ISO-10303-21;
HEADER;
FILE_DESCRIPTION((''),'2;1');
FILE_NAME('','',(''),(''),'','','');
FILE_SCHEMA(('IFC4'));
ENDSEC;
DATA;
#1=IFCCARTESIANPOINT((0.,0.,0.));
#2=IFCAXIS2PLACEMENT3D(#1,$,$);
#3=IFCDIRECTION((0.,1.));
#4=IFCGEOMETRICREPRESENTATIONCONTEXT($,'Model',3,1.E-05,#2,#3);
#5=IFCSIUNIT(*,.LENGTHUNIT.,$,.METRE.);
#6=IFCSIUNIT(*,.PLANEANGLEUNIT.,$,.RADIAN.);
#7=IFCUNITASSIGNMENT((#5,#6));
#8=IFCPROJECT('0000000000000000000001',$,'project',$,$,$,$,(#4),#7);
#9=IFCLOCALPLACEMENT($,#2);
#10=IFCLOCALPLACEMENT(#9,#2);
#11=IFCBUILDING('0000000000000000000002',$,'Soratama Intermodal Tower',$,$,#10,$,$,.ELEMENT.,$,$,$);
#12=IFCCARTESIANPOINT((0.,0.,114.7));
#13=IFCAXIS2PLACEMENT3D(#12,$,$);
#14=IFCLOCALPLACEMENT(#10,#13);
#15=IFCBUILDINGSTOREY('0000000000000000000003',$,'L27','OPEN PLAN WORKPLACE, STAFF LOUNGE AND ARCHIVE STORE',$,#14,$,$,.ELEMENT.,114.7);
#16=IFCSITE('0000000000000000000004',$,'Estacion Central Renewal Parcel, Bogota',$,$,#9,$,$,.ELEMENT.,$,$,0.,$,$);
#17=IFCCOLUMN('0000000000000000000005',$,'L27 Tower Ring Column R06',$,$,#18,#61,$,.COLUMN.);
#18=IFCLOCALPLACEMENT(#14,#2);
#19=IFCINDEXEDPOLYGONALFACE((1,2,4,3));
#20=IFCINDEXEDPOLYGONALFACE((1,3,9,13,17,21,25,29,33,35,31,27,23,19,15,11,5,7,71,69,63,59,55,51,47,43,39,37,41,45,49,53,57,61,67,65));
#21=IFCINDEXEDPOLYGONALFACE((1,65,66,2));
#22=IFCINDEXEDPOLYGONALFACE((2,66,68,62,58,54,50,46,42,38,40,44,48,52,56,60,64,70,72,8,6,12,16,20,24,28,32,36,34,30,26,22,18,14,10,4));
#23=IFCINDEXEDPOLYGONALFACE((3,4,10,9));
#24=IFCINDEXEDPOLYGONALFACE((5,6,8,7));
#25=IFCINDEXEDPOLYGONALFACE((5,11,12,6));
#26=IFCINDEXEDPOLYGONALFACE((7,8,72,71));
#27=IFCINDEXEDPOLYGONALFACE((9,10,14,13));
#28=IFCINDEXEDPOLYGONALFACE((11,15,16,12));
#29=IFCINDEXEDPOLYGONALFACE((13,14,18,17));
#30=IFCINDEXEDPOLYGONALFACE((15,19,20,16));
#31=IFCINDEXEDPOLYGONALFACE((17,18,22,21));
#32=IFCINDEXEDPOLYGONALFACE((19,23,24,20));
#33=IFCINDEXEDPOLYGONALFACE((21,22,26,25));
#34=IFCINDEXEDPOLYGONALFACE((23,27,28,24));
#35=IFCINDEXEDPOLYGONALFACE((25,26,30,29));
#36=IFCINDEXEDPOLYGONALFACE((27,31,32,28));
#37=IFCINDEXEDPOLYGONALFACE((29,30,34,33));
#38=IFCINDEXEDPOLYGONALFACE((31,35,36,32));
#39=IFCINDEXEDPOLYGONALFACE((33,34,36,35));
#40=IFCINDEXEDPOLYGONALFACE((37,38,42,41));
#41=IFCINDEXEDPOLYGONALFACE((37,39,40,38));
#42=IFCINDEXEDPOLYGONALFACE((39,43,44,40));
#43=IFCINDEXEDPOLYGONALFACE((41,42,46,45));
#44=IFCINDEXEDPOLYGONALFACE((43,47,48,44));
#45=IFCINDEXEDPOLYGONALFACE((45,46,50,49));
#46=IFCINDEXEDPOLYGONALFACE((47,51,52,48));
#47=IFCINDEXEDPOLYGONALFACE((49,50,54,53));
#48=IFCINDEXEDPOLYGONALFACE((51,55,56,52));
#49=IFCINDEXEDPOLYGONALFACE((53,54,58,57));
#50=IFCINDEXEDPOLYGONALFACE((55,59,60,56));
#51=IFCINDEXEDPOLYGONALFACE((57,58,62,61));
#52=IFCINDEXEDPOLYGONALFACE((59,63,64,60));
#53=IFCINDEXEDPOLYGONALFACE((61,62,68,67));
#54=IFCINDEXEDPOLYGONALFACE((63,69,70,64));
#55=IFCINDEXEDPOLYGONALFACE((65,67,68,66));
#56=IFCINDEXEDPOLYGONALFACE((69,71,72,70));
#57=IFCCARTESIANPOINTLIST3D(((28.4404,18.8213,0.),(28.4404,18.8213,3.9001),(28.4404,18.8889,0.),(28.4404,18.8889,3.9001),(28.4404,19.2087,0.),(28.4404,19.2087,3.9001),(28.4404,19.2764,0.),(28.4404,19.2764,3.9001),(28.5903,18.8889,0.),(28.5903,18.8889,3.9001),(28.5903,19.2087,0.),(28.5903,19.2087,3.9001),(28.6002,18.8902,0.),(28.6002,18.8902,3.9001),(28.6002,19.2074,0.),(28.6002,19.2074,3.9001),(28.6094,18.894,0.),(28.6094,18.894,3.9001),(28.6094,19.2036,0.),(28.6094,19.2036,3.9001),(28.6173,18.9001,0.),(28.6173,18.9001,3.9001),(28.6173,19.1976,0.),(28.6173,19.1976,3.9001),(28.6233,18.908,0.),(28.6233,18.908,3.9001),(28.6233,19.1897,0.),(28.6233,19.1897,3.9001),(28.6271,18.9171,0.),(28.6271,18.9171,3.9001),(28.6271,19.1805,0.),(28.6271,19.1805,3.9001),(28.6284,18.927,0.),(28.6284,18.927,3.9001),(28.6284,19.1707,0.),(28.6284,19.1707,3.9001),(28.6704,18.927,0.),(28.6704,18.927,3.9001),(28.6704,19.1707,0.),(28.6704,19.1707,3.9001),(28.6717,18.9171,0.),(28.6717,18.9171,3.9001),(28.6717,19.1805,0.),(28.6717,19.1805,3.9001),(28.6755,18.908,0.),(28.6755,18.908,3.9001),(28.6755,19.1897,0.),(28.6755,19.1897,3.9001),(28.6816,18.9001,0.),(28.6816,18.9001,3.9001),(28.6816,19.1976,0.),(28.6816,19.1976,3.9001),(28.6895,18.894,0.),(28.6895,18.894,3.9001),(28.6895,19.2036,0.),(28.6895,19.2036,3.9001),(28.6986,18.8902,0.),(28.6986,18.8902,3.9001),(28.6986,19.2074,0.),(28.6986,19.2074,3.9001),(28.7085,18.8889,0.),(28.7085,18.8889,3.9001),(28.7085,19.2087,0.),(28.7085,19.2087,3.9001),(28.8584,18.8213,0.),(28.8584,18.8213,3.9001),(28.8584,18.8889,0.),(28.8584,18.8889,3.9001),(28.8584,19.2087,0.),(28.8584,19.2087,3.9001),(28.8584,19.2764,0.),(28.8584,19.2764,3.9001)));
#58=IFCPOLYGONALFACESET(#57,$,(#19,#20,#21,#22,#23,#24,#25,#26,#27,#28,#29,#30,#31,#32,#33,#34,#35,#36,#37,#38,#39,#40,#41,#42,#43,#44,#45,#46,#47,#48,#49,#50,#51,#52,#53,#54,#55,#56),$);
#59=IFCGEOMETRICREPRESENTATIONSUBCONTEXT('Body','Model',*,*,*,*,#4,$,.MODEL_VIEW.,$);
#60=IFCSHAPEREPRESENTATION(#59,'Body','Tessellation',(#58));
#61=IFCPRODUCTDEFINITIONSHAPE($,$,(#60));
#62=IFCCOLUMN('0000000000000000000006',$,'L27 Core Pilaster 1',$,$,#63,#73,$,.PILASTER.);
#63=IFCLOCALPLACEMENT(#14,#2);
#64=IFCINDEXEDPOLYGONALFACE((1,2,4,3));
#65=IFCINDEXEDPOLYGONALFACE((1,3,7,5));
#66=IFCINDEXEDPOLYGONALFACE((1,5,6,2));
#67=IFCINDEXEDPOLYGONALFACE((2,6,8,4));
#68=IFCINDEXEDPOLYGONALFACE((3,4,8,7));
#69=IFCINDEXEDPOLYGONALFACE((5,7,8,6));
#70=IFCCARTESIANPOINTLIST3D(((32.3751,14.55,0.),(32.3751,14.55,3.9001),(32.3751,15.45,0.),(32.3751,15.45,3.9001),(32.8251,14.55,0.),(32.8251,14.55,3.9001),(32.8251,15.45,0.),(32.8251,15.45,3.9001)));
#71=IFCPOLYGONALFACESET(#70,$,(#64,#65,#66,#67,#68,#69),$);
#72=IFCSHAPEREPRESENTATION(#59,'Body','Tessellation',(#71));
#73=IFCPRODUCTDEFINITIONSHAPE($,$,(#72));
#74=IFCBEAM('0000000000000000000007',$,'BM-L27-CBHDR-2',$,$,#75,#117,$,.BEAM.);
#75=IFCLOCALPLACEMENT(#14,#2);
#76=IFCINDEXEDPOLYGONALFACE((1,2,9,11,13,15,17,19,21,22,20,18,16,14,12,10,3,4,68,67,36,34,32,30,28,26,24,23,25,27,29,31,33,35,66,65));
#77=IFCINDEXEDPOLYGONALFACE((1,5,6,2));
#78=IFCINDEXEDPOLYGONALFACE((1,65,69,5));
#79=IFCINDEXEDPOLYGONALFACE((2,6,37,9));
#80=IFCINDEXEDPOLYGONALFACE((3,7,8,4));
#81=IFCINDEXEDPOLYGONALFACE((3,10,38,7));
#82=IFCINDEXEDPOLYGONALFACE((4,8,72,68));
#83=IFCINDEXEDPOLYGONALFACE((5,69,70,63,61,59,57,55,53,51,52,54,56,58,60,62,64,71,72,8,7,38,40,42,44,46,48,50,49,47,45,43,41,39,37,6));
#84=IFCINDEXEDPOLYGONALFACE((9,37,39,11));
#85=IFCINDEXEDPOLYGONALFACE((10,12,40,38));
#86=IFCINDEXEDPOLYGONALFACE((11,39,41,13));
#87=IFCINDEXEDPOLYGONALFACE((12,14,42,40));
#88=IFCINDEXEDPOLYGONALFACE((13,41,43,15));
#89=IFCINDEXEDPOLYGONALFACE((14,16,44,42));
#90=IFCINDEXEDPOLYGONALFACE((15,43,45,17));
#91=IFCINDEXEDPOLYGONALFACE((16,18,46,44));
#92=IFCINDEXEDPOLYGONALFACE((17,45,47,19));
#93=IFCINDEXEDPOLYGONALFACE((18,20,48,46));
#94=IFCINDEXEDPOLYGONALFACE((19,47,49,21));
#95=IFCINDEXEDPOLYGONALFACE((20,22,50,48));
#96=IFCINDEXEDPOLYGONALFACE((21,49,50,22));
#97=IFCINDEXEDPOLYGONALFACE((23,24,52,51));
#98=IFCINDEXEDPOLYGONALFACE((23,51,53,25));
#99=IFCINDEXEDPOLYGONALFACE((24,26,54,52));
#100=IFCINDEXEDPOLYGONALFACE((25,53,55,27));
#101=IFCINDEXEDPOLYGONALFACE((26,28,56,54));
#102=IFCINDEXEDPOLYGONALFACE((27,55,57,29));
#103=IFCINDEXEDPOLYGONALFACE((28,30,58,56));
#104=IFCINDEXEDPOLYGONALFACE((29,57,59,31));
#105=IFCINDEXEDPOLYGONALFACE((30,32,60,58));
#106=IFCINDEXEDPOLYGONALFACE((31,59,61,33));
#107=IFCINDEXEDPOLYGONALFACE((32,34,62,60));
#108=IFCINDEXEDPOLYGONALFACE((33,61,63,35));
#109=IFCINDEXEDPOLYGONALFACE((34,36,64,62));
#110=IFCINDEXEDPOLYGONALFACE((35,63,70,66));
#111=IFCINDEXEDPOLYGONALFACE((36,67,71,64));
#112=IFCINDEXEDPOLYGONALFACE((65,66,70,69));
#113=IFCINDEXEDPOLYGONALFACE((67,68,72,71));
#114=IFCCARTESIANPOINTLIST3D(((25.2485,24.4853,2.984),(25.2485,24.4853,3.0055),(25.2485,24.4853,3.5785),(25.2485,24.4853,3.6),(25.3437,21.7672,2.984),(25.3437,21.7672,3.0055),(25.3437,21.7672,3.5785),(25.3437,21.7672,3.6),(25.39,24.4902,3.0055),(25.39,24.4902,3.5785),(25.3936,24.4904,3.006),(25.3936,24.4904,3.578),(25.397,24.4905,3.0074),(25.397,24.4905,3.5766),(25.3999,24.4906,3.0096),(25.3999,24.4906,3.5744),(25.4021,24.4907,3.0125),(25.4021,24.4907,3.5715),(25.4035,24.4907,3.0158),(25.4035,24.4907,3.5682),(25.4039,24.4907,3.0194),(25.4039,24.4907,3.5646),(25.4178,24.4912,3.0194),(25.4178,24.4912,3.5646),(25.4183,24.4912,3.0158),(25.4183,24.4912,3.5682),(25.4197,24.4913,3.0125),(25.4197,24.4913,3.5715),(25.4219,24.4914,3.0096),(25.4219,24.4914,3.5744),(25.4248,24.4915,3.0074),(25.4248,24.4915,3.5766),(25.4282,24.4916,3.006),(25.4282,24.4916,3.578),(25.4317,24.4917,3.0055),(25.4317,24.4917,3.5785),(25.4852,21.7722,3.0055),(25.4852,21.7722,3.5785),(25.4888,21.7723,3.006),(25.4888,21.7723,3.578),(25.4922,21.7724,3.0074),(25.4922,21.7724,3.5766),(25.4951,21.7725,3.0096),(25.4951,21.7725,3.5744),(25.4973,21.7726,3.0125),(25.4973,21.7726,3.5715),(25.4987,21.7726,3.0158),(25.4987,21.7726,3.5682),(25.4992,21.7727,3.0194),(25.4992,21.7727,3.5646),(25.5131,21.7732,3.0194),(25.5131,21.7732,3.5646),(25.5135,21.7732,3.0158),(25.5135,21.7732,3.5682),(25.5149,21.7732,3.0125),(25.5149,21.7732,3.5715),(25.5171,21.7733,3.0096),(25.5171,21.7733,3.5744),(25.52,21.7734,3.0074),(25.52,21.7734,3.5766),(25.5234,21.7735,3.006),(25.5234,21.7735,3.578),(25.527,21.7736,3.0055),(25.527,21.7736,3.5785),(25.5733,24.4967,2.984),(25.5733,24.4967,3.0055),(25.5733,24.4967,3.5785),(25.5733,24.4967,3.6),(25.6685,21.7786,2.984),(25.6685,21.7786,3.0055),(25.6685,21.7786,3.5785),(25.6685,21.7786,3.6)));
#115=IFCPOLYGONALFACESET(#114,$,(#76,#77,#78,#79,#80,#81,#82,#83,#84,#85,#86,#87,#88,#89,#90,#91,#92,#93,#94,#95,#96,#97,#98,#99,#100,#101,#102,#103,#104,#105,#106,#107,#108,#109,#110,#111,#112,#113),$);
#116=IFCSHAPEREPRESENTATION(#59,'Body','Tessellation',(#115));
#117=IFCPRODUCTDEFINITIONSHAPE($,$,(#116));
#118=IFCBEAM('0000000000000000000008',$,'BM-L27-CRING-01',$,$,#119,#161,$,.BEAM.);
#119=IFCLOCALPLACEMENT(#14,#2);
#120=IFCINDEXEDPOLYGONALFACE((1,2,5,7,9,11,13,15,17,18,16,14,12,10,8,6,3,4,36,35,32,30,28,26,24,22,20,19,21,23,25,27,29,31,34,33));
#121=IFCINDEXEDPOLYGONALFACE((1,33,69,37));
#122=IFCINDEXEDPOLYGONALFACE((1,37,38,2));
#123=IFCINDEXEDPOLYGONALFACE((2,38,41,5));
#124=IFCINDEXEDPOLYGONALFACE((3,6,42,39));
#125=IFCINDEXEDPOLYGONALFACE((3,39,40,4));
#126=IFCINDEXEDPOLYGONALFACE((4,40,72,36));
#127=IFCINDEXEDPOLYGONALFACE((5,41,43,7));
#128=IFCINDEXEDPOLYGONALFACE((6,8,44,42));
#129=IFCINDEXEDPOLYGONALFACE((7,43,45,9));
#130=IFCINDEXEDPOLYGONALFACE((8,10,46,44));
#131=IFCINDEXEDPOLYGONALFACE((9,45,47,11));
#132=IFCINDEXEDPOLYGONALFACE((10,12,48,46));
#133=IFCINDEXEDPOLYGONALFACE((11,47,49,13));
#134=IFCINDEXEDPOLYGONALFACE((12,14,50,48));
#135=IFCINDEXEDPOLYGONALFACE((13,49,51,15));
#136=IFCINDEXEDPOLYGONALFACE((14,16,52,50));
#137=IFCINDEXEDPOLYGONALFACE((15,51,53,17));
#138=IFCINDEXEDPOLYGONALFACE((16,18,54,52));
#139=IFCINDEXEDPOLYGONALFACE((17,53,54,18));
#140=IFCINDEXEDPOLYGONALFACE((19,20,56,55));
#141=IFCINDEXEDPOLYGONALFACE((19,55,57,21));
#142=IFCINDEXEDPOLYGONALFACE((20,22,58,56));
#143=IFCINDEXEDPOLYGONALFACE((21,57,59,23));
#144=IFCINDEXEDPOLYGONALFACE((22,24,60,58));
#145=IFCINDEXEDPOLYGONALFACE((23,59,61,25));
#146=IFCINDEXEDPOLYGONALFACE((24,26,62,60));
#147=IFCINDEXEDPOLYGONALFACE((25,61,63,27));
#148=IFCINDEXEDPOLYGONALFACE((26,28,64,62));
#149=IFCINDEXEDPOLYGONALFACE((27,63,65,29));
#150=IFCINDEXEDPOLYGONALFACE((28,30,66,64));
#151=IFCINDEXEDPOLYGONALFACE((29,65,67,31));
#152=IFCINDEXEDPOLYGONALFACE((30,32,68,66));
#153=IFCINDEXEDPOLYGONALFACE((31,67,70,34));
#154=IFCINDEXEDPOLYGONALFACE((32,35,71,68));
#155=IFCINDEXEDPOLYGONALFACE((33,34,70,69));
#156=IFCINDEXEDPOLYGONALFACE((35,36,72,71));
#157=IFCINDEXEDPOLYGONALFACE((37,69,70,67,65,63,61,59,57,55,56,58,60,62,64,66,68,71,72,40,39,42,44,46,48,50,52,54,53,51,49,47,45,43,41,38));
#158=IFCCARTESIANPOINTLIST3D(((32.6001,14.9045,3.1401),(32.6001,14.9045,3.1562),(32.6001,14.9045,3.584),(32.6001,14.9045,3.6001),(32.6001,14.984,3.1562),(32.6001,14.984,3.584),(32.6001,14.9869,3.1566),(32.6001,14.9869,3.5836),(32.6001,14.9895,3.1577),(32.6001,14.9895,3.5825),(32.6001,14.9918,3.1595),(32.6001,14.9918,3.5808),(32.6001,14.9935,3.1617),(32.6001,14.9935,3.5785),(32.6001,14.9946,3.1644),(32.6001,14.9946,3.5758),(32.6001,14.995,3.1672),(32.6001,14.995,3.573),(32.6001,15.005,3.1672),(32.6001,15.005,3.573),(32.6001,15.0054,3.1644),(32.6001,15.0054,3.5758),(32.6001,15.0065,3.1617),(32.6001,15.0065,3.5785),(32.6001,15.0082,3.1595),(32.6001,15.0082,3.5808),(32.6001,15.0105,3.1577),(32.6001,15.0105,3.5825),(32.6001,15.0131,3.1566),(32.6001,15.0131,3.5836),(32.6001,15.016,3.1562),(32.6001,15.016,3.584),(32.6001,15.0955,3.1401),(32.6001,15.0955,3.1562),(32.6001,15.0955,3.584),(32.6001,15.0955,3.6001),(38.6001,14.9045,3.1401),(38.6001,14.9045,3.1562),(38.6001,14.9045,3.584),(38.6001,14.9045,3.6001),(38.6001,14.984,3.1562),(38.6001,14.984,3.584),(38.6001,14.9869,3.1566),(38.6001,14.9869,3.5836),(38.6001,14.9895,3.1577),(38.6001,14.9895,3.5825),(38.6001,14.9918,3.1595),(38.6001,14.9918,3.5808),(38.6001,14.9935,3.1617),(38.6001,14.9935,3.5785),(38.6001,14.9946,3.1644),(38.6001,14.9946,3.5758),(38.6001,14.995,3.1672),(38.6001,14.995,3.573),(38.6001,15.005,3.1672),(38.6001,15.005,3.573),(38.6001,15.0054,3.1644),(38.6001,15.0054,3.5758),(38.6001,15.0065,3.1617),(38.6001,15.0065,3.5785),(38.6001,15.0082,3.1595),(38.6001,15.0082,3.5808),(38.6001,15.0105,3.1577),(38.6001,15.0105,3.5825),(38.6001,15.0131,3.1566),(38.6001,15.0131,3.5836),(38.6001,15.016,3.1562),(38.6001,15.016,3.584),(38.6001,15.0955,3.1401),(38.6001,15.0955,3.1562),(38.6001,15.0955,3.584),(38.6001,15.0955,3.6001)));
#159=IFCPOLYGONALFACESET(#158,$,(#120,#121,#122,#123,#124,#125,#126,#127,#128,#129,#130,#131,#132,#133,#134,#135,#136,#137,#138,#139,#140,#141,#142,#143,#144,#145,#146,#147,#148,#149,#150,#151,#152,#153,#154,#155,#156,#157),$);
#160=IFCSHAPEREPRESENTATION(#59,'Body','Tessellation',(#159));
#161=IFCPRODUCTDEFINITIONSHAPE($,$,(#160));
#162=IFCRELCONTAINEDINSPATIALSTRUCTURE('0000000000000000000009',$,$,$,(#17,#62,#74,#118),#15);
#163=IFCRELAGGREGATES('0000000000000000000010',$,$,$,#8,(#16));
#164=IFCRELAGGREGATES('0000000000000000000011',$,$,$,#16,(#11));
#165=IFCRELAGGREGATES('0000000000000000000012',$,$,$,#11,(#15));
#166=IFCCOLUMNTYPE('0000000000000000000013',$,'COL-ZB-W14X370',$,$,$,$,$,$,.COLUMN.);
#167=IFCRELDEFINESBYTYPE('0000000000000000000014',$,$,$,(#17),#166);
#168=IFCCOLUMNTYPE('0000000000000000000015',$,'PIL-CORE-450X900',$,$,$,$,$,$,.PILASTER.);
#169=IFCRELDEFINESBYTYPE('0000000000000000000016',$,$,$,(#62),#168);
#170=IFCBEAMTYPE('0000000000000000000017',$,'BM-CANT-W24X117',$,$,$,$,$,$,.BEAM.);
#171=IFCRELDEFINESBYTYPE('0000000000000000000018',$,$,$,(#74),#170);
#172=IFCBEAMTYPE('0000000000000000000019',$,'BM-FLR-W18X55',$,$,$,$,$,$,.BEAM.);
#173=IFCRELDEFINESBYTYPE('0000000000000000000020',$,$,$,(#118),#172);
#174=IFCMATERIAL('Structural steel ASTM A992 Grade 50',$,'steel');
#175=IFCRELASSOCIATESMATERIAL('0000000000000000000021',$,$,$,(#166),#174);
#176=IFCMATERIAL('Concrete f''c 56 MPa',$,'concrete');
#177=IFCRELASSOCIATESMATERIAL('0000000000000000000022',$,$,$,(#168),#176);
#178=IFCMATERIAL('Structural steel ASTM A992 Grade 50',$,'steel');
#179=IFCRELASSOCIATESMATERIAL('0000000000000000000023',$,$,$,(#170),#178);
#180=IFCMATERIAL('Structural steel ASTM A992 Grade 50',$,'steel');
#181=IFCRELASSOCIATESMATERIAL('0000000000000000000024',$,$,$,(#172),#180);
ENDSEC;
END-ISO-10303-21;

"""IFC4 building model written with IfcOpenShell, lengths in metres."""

from ifc_helpers import new_model, si_unit, direction, frame, origin, origin_2d, place, context, subcontext, project, spatial, rectangle, i_section, extrude, material, material_profile, profile_set, type_object, element, save


model = new_model("IFC4")

# Units and contexts
model_context = context("Model", 3, precision=1e-05, world=origin(), true_north=direction((0.0, 1.0)))
body_context = subcontext(model_context, "Body", "Model", "MODEL_VIEW")
ifc_project = project(units=[si_unit("LENGTHUNIT", "METRE"), si_unit("PLANEANGLEUNIT", "RADIAN")], contexts=[model_context])

# Site, building, storey
site_placement = place(None, origin())
site = spatial("IfcSite", under=ifc_project, at=site_placement, Name="Estacion Central Renewal Parcel, Bogota", CompositionType="ELEMENT", RefElevation=0.0)
building_placement = place(site_placement, origin())
building = spatial("IfcBuilding", under=site, at=building_placement, Name="Soratama Intermodal Tower", CompositionType="ELEMENT")
storey_placement = place(building_placement, frame((0.0, 0.0, 114.7)))
storey = spatial("IfcBuildingStorey", under=building, at=storey_placement, Name="L27", Description="OPEN PLAN WORKPLACE, STAFF LOUNGE AND ARCHIVE STORE", CompositionType="ELEMENT", Elevation=114.7)

# Columns
ifc_material_1 = material(Name="Structural steel ASTM A992 Grade 50", Category="steel")
ifc_material_profile_1 = material_profile(ifc_material_1, i_section(OverallWidth=0.418, OverallDepth=0.4551, WebThickness=0.042, FlangeThickness=0.0676, FilletRadius=0.0381, at=origin_2d()), Name="W14X370")
ifc_profile_set_1 = profile_set([ifc_material_profile_1], Name="Structural steel ASTM A992 Grade 50")
column_type_1 = type_object("IfcColumnType", Name="COL-ZB-W14X370", PredefinedType="COLUMN", material=ifc_profile_set_1)
column_1_placement = place(storey_placement, frame((28.6494, 19.0488, 0.0), z_axis=(0.0, 0.0, 1.0), x_axis=(1.0, 0.0, 0.0)))
element("IfcColumn", 1, at=column_1_placement, inside=storey, type_object=column_type_1, Name="L27 Tower Ring Column R06", PredefinedType="COLUMN", context=body_context, shape_type="SweptSolid", body=[
    extrude(i_section(OverallWidth=0.418, OverallDepth=0.4551, WebThickness=0.042, FlangeThickness=0.0676, FilletRadius=0.0381, at=origin_2d()), origin(), (0.0, 0.0, 1.0), 3.9001),
])
ifc_material_2 = material(Name="Concrete f'c 56 MPa", Category="concrete")
ifc_material_profile_2 = material_profile(ifc_material_2, rectangle(XDim=0.45, YDim=0.8999, at=origin_2d()), Name="RC450X900")
ifc_profile_set_2 = profile_set([ifc_material_profile_2], Name="Concrete f'c 56 MPa")
column_type_2 = type_object("IfcColumnType", Name="PIL-CORE-450X900", PredefinedType="PILASTER", material=ifc_profile_set_2)
column_2_placement = place(storey_placement, frame((32.6001, 15.0, 0.0), z_axis=(0.0, 0.0, 1.0), x_axis=(1.0, 0.0, 0.0)))
element("IfcColumn", 2, at=column_2_placement, inside=storey, type_object=column_type_2, Name="L27 Core Pilaster 1", PredefinedType="PILASTER", context=body_context, shape_type="SweptSolid", body=[
    extrude(rectangle(XDim=0.45, YDim=0.8999, at=origin_2d()), origin(), (0.0, 0.0, 1.0), 3.9001),
])

# Beams
ifc_material_3 = material(Name="Structural steel ASTM A992 Grade 50", Category="steel")
ifc_material_profile_3 = material_profile(ifc_material_3, i_section(OverallWidth=0.325, OverallDepth=0.616, WebThickness=0.0139, FlangeThickness=0.0215, FilletRadius=0.0139, at=origin_2d()), Name="W24X117")
ifc_profile_set_3 = profile_set([ifc_material_profile_3], Name="Structural steel ASTM A992 Grade 50")
beam_type_1 = type_object("IfcBeamType", Name="BM-CANT-W24X117", PredefinedType="BEAM", material=ifc_profile_set_3)
beam_1_placement = place(storey_placement, frame((25.4109, 24.491, 3.292), z_axis=(0.03501, -0.999387, 0.0), x_axis=(0.999387, 0.03501, 0.0)))
element("IfcBeam", 3, at=beam_1_placement, inside=storey, type_object=beam_type_1, Name="BM-L27-CBHDR-2", PredefinedType="BEAM", context=body_context, shape_type="SweptSolid", body=[
    extrude(i_section(OverallWidth=0.325, OverallDepth=0.616, WebThickness=0.0139, FlangeThickness=0.0215, FilletRadius=0.0139, at=origin_2d()), origin(), (0.0, 0.0, 1.0), 2.7197),
])
ifc_material_4 = material(Name="Structural steel ASTM A992 Grade 50", Category="steel")
ifc_material_profile_4 = material_profile(ifc_material_4, i_section(OverallWidth=0.1909, OverallDepth=0.46, WebThickness=0.01, FlangeThickness=0.0161, FilletRadius=0.011, at=origin_2d()), Name="W18X55")
ifc_profile_set_4 = profile_set([ifc_material_profile_4], Name="Structural steel ASTM A992 Grade 50")
beam_type_2 = type_object("IfcBeamType", Name="BM-FLR-W18X55", PredefinedType="BEAM", material=ifc_profile_set_4)
beam_2_placement = place(storey_placement, frame((32.6001, 15.0, 3.3701), z_axis=(1.0, 0.0, 0.0), x_axis=(0.0, 1.0, 0.0)))
element("IfcBeam", 4, at=beam_2_placement, inside=storey, type_object=beam_type_2, Name="BM-L27-CRING-01", PredefinedType="BEAM", context=body_context, shape_type="SweptSolid", body=[
    extrude(i_section(OverallWidth=0.1909, OverallDepth=0.46, WebThickness=0.01, FlangeThickness=0.0161, FilletRadius=0.011, at=origin_2d()), origin(), (0.0, 0.0, 1.0), 6.0),
])

save(model, "model.ifc")
